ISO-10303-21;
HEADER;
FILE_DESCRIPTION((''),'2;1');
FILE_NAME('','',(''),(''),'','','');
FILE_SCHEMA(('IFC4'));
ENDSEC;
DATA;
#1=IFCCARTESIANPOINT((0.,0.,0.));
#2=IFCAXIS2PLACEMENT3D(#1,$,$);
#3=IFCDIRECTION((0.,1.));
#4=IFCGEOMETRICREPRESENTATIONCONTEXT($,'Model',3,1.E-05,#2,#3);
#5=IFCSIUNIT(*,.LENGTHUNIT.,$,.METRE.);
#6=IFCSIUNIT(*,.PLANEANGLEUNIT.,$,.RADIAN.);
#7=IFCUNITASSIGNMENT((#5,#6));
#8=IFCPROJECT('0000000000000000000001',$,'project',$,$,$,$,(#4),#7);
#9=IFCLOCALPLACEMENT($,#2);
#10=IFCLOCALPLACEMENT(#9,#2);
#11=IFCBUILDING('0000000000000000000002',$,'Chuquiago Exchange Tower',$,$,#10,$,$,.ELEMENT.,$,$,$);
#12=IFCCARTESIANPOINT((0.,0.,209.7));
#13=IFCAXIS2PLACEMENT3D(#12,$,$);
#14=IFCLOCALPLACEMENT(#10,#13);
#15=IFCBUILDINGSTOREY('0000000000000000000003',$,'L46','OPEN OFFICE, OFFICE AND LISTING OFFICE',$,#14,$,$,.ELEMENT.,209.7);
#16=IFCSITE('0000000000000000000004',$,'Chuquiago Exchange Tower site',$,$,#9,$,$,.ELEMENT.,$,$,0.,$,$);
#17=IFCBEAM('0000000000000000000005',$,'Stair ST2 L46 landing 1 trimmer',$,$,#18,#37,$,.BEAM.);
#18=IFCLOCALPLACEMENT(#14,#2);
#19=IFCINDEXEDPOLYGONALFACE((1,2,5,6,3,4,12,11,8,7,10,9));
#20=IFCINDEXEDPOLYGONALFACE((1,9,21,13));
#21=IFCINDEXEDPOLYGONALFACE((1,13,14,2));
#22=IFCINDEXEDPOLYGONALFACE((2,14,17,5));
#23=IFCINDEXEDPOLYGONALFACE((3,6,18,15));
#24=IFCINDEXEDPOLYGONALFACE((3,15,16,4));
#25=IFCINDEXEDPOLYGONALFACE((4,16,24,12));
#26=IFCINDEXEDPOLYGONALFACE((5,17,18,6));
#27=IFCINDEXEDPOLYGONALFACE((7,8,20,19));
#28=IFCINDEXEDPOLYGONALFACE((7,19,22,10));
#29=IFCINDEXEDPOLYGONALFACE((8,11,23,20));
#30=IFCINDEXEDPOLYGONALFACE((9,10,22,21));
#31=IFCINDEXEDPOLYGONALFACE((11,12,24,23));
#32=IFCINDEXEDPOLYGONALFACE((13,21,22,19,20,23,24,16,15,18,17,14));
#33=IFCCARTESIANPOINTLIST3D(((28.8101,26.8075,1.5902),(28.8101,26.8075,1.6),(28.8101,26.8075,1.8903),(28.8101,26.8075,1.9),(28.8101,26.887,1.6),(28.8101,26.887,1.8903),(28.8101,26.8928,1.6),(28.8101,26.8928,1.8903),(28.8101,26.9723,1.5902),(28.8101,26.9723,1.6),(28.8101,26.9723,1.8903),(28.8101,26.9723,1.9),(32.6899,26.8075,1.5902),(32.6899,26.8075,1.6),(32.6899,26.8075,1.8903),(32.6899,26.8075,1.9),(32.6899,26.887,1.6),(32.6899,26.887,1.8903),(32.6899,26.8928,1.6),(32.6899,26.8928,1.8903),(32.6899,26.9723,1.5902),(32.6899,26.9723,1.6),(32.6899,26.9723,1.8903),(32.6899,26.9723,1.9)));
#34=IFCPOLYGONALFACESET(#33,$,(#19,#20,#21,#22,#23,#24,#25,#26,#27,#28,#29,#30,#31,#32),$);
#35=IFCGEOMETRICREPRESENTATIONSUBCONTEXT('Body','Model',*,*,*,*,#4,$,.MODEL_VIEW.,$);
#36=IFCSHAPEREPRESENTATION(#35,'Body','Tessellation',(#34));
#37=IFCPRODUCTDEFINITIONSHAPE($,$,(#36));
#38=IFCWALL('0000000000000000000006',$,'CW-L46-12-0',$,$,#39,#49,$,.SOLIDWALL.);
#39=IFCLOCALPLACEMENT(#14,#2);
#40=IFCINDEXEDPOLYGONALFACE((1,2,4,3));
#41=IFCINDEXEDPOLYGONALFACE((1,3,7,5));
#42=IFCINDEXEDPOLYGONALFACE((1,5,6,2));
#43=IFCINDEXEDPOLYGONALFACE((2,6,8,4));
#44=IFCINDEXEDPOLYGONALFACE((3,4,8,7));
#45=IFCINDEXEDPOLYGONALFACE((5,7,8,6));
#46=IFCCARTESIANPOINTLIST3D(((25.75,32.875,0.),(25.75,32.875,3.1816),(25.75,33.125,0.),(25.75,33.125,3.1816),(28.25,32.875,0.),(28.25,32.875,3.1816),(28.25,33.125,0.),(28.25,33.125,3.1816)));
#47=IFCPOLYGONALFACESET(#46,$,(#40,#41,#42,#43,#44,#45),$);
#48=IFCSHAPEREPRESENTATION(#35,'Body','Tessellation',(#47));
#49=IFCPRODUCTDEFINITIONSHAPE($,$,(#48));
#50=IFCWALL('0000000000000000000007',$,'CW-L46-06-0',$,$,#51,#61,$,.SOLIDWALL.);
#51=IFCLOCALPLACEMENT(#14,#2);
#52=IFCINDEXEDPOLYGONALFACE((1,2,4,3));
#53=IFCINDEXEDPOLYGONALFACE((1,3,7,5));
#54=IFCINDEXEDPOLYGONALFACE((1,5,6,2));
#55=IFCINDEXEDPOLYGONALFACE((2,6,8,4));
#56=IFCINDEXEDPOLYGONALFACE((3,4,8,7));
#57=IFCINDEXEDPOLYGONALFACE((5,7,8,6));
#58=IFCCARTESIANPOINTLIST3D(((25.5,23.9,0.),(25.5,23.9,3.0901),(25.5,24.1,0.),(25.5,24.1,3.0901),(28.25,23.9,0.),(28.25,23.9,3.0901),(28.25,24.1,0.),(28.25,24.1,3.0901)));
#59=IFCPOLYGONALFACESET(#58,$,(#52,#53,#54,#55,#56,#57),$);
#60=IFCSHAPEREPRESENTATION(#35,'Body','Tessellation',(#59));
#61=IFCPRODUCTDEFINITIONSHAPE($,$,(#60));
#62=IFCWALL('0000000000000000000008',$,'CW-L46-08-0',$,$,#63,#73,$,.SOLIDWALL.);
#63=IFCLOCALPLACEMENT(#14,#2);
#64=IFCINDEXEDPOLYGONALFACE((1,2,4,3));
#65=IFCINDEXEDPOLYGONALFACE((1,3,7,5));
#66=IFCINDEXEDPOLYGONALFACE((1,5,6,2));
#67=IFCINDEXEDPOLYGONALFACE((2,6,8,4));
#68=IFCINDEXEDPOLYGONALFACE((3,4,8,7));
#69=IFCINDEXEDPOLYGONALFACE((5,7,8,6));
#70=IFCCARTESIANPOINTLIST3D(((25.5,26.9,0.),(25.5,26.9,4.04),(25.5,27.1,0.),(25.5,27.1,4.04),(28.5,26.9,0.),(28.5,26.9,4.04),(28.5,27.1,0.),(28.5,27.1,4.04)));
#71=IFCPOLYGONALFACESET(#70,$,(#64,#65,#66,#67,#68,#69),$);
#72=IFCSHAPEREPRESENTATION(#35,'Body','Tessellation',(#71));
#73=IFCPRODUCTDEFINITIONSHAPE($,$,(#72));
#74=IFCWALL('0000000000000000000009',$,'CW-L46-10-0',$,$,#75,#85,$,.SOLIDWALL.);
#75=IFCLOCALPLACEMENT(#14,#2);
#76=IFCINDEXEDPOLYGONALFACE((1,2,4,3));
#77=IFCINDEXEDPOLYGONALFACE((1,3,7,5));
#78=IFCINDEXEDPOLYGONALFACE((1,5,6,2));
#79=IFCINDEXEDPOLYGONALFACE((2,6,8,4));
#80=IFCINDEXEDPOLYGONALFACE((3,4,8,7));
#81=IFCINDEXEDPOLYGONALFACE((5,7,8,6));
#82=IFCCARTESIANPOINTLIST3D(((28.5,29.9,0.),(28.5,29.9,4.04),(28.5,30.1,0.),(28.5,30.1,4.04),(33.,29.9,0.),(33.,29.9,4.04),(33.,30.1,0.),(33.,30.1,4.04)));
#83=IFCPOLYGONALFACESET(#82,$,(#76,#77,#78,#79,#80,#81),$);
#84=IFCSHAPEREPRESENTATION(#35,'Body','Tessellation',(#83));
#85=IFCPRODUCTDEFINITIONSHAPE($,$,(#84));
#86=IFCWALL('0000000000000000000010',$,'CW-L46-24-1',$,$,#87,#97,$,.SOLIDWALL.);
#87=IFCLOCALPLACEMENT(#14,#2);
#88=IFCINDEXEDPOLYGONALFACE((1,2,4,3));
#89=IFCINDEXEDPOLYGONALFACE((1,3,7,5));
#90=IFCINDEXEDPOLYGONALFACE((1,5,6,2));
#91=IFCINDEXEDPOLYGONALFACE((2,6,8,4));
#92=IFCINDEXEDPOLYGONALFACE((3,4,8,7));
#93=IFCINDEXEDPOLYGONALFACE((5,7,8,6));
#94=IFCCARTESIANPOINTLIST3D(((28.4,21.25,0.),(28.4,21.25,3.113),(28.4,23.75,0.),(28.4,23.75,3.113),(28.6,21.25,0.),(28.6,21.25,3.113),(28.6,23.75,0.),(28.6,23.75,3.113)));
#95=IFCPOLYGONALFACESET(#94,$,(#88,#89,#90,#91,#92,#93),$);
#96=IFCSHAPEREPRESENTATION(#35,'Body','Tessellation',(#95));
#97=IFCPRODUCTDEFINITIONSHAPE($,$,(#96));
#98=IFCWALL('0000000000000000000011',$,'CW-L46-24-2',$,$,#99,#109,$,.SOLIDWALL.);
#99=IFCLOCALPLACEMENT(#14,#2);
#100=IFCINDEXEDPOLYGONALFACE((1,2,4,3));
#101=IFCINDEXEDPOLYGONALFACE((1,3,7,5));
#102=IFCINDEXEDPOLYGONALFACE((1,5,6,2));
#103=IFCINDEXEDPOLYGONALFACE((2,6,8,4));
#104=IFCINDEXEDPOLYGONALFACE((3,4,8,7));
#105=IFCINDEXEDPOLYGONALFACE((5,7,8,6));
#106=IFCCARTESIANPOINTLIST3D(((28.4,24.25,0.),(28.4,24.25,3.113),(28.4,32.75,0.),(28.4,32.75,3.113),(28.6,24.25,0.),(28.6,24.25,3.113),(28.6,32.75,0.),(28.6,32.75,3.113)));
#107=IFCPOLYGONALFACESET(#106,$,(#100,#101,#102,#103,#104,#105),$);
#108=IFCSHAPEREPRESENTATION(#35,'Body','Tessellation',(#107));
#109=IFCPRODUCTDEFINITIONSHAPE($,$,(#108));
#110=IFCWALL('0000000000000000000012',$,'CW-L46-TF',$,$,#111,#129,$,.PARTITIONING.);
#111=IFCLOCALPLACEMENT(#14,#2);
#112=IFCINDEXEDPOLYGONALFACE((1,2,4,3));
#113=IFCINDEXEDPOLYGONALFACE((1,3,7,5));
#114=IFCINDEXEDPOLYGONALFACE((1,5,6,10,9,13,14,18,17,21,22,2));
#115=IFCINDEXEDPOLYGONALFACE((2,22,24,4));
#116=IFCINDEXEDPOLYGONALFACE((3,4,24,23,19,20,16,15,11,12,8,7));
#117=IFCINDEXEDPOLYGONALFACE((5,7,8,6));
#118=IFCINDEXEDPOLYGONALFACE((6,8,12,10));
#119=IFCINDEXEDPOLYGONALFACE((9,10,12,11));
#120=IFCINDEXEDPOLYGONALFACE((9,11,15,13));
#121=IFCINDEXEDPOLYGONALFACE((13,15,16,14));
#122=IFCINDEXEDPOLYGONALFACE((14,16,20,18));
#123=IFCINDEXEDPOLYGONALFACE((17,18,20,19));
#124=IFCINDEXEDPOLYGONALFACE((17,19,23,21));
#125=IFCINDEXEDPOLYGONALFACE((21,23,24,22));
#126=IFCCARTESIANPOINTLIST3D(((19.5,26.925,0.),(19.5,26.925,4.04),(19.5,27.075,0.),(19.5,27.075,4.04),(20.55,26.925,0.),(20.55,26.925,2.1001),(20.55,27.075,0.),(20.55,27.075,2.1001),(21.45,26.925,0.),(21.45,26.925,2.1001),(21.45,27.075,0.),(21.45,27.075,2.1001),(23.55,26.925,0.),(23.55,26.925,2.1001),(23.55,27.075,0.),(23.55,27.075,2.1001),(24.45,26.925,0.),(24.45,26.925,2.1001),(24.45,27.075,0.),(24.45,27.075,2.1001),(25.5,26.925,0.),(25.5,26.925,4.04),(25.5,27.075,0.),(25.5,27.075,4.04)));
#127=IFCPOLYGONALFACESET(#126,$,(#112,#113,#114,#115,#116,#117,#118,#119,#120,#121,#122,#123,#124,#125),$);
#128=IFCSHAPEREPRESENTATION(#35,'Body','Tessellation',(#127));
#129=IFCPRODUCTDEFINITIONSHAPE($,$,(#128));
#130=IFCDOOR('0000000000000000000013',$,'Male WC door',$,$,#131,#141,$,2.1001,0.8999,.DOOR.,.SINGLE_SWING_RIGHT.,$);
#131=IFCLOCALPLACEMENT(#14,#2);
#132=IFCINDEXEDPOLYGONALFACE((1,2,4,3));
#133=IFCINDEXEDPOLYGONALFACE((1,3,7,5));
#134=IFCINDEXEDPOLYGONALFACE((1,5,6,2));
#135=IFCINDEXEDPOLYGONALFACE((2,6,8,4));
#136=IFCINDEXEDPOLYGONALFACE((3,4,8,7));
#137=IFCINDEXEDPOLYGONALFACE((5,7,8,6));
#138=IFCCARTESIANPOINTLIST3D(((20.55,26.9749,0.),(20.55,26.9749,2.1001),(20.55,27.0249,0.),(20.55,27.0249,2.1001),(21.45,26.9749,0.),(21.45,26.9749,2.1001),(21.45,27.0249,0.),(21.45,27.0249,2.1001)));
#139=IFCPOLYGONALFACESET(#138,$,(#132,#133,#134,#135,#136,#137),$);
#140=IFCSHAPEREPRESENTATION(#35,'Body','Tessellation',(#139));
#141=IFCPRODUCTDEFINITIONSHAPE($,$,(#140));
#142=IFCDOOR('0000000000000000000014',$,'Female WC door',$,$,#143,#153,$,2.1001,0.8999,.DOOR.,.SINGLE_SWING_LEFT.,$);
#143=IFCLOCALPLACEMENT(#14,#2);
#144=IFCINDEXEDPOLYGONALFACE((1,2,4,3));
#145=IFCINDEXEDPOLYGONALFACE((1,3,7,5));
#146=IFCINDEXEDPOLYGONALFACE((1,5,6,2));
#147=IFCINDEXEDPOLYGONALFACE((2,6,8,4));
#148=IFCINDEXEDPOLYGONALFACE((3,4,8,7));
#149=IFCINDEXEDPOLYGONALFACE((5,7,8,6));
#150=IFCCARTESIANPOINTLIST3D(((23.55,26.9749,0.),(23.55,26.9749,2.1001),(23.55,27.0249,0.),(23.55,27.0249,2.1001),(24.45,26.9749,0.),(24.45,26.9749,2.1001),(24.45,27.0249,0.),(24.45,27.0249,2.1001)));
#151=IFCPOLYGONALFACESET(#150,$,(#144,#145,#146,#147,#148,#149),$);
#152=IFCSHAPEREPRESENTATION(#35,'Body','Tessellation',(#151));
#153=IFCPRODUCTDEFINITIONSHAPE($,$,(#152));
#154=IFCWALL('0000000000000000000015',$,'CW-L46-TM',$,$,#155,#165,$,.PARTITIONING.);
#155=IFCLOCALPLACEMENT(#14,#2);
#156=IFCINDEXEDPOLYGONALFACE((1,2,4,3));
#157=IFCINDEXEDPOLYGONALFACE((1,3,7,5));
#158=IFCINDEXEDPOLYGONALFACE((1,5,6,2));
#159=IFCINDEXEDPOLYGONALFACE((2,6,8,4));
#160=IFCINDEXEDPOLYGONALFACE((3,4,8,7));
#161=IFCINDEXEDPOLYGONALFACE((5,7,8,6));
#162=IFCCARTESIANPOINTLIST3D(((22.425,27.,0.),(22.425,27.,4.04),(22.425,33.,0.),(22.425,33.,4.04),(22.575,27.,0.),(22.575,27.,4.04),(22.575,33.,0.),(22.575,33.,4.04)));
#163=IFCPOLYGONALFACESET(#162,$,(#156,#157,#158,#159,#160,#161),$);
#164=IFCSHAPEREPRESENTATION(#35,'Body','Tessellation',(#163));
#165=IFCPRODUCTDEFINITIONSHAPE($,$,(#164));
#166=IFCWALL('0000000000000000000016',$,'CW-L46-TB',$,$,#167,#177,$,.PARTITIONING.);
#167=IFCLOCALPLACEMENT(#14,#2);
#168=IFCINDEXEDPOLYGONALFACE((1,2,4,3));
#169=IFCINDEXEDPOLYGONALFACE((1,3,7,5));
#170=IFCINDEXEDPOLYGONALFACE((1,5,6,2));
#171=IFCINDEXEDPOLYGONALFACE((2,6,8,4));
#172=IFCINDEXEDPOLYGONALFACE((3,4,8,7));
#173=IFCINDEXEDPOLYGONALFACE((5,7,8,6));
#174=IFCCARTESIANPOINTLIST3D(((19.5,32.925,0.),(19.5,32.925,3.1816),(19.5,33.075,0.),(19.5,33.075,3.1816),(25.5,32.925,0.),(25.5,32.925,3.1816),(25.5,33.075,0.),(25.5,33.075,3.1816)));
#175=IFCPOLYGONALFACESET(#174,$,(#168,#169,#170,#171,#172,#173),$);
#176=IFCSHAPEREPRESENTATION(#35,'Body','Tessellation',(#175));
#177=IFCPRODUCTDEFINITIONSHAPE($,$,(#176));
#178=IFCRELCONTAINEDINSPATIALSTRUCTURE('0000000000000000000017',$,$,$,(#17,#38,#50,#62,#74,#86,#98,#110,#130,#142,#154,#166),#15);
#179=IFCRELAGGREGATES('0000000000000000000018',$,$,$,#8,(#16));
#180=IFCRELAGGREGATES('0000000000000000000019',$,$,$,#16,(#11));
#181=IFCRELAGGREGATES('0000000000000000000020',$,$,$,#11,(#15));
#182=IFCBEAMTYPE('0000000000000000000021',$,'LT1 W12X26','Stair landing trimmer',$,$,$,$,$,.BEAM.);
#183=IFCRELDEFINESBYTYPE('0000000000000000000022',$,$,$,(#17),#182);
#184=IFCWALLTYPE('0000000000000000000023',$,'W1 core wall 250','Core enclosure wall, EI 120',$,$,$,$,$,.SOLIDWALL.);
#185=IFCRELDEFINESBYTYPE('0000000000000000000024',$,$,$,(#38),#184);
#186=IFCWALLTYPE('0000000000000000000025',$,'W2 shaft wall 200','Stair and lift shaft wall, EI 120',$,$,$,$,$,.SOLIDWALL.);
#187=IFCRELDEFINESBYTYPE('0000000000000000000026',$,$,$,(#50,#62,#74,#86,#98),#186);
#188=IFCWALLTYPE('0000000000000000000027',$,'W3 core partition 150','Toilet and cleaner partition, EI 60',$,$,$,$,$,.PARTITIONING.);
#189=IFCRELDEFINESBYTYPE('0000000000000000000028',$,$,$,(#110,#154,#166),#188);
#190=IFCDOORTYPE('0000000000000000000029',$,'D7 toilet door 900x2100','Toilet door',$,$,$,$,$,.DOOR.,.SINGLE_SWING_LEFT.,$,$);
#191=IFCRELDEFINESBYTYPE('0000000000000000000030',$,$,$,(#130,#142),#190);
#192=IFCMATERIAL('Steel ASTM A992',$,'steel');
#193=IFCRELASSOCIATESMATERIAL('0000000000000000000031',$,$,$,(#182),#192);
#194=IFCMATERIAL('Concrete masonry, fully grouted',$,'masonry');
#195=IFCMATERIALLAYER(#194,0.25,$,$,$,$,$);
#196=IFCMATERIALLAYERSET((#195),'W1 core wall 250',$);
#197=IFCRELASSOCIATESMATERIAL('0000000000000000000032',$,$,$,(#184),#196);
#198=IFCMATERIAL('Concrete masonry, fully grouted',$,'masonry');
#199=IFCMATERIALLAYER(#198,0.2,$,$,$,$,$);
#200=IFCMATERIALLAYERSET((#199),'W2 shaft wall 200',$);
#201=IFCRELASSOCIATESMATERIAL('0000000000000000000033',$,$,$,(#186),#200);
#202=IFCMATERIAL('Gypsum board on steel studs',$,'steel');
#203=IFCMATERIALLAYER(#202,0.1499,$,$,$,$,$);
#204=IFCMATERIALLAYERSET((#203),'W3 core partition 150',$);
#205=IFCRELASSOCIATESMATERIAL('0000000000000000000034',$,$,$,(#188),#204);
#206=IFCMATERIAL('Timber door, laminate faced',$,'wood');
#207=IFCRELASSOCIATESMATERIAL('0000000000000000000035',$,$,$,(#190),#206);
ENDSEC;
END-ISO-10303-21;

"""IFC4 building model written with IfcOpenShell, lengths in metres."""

from ifc_helpers import new_model, si_unit, direction, frame, frame_2d, origin, origin_2d, place, context, subcontext, project, spatial, rectangle, i_section, extrude, material, layer, layer_set, material_profile, profile_set, type_object, element, fill, save


model = new_model("IFC4")

# Units and contexts
model_context = context("Model", 3, precision=1e-05, world=origin(), true_north=direction((0.0, 1.0)))
body_context = subcontext(model_context, "Body", "Model", "MODEL_VIEW")
ifc_project = project(units=[si_unit("LENGTHUNIT", "METRE"), si_unit("PLANEANGLEUNIT", "RADIAN")], contexts=[model_context])

# Site, building, storey
site_placement = place(None, origin())
site = spatial("IfcSite", under=ifc_project, at=site_placement, Name="Chuquiago Exchange Tower site", CompositionType="ELEMENT", RefElevation=0.0)
building_placement = place(site_placement, origin())
building = spatial("IfcBuilding", under=site, at=building_placement, Name="Chuquiago Exchange Tower", CompositionType="ELEMENT")
storey_placement = place(building_placement, frame((0.0, 0.0, 209.7)))
storey = spatial("IfcBuildingStorey", under=building, at=storey_placement, Name="L46", Description="OPEN OFFICE, OFFICE AND LISTING OFFICE", CompositionType="ELEMENT", Elevation=209.7)

# Beam
ifc_material_1 = material(Name="Steel ASTM A992", Category="steel")
ifc_material_profile_1 = material_profile(ifc_material_1, i_section(OverallWidth=0.1648, OverallDepth=0.3098, WebThickness=0.0059, FlangeThickness=0.0098, at=origin_2d()), Name="W12X26")
ifc_profile_set_1 = profile_set([ifc_material_profile_1], Name="Steel ASTM A992")
beam_type_1 = type_object("IfcBeamType", Name="LT1 W12X26", Description="Stair landing trimmer", PredefinedType="BEAM", material=ifc_profile_set_1)
for number, where, z_axis, x_axis, name in (
    (1, (28.8101, 26.8899, 1.7451), (1.0, 0.0, 0.0), (0.0, 1.0, 0.0), "Stair ST2 L46 landing 1 trimmer"),
):
    element("IfcBeam", number, at=place(storey_placement, frame(where, z_axis=z_axis, x_axis=x_axis)), inside=storey, type_object=beam_type_1, Name=name, PredefinedType="BEAM", context=body_context, shape_type="SweptSolid", body=[
        extrude(i_section(OverallWidth=0.1648, OverallDepth=0.3098, WebThickness=0.0059, FlangeThickness=0.0098, at=origin_2d()), origin(), (0.0, 0.0, 1.0), 3.8799),
    ])

# Walls
ifc_material_2 = material(Name="Concrete masonry, fully grouted", Category="masonry")
ifc_layer_1 = layer(ifc_material_2, 0.25)
ifc_layer_set_1 = layer_set([ifc_layer_1], Name="W1 core wall 250")
wall_type_1 = type_object("IfcWallType", Name="W1 core wall 250", Description="Core enclosure wall, EI 120", PredefinedType="SOLIDWALL", material=ifc_layer_set_1)
wall_1_placement = place(storey_placement, frame((25.75, 33.0, 0.0), z_axis=(0.0, 0.0, 1.0), x_axis=(1.0, 0.0, 0.0)))
element("IfcWall", 2, at=wall_1_placement, inside=storey, type_object=wall_type_1, Name="CW-L46-12-0", PredefinedType="SOLIDWALL", context=body_context, shape_type="SweptSolid", body=[
    extrude(rectangle(XDim=2.5, YDim=0.25, at=frame_2d((1.25, 0.0))), origin(), (0.0, 0.0, 1.0), 3.1816),
])
ifc_material_3 = material(Name="Concrete masonry, fully grouted", Category="masonry")
ifc_layer_2 = layer(ifc_material_3, 0.2)
ifc_layer_set_2 = layer_set([ifc_layer_2], Name="W2 shaft wall 200")
wall_type_2 = type_object("IfcWallType", Name="W2 shaft wall 200", Description="Stair and lift shaft wall, EI 120", PredefinedType="SOLIDWALL", material=ifc_layer_set_2)
wall_2_placement = place(storey_placement, frame((25.5, 24.0, 0.0), z_axis=(0.0, 0.0, 1.0), x_axis=(1.0, 0.0, 0.0)))
element("IfcWall", 3, at=wall_2_placement, inside=storey, type_object=wall_type_2, Name="CW-L46-06-0", PredefinedType="SOLIDWALL", context=body_context, shape_type="SweptSolid", body=[
    extrude(rectangle(XDim=2.75, YDim=0.2, at=frame_2d((1.375, 0.0))), origin(), (0.0, 0.0, 1.0), 3.0901),
])
wall_3_placement = place(storey_placement, frame((25.5, 27.0, 0.0), z_axis=(0.0, 0.0, 1.0), x_axis=(1.0, 0.0, 0.0)))
element("IfcWall", 4, at=wall_3_placement, inside=storey, type_object=wall_type_2, Name="CW-L46-08-0", PredefinedType="SOLIDWALL", context=body_context, shape_type="SweptSolid", body=[
    extrude(rectangle(XDim=3.0, YDim=0.2, at=frame_2d((1.5, 0.0))), origin(), (0.0, 0.0, 1.0), 4.04),
])
wall_4_placement = place(storey_placement, frame((28.5, 30.0, 0.0), z_axis=(0.0, 0.0, 1.0), x_axis=(1.0, 0.0, 0.0)))
element("IfcWall", 5, at=wall_4_placement, inside=storey, type_object=wall_type_2, Name="CW-L46-10-0", PredefinedType="SOLIDWALL", context=body_context, shape_type="SweptSolid", body=[
    extrude(rectangle(XDim=4.5, YDim=0.2, at=frame_2d((2.25, 0.0))), origin(), (0.0, 0.0, 1.0), 4.04),
])
wall_5_placement = place(storey_placement, frame((28.5, 21.25, 0.0), z_axis=(0.0, 0.0, 1.0), x_axis=(0.0, 1.0, 0.0)))
element("IfcWall", 6, at=wall_5_placement, inside=storey, type_object=wall_type_2, Name="CW-L46-24-1", PredefinedType="SOLIDWALL", context=body_context, shape_type="SweptSolid", body=[
    extrude(rectangle(XDim=2.5, YDim=0.2, at=frame_2d((1.25, 0.0))), origin(), (0.0, 0.0, 1.0), 3.113),
])
wall_6_placement = place(storey_placement, frame((28.5, 24.25, 0.0), z_axis=(0.0, 0.0, 1.0), x_axis=(0.0, 1.0, 0.0)))
element("IfcWall", 7, at=wall_6_placement, inside=storey, type_object=wall_type_2, Name="CW-L46-24-2", PredefinedType="SOLIDWALL", context=body_context, shape_type="SweptSolid", body=[
    extrude(rectangle(XDim=8.5, YDim=0.2, at=frame_2d((4.25, 0.0))), origin(), (0.0, 0.0, 1.0), 3.113),
])

# Wall, openings, doors
ifc_material_4 = material(Name="Gypsum board on steel studs", Category="steel")
ifc_layer_3 = layer(ifc_material_4, 0.1499)
ifc_layer_set_3 = layer_set([ifc_layer_3], Name="W3 core partition 150")
wall_type_3 = type_object("IfcWallType", Name="W3 core partition 150", Description="Toilet and cleaner partition, EI 60", PredefinedType="PARTITIONING", material=ifc_layer_set_3)
wall_7_placement = place(storey_placement, frame((19.5, 27.0, 0.0), z_axis=(0.0, 0.0, 1.0), x_axis=(1.0, 0.0, 0.0)))
wall_7 = element("IfcWall", 8, at=wall_7_placement, inside=storey, type_object=wall_type_3, Name="CW-L46-TF", PredefinedType="PARTITIONING", context=body_context, shape_type="SweptSolid", body=[
    extrude(rectangle(XDim=6.0, YDim=0.1499, at=frame_2d((3.0, 0.0))), origin(), (0.0, 0.0, 1.0), 4.04),
])
opening_1_placement = place(wall_7_placement, frame((1.05, 0.0, 0.0)))
opening_1 = element("IfcOpeningElement", 9, at=opening_1_placement, cuts=wall_7, PredefinedType="OPENING", context=body_context, shape_type="SweptSolid", body=[
    extrude(rectangle(XDim=0.8999, YDim=2.1001, at=frame_2d((0.45, 1.05))), frame((0.0, 0.085, 0.0), z_axis=(0.0, -1.0, 0.0), x_axis=(1.0, 0.0, 0.0)), (0.0, 0.0, 1.0), 0.1699),
])
opening_2_placement = place(wall_7_placement, frame((4.05, 0.0, 0.0)))
opening_2 = element("IfcOpeningElement", 10, at=opening_2_placement, cuts=wall_7, PredefinedType="OPENING", context=body_context, shape_type="SweptSolid", body=[
    extrude(rectangle(XDim=0.8999, YDim=2.1001, at=frame_2d((0.45, 1.05))), frame((0.0, 0.085, 0.0), z_axis=(0.0, -1.0, 0.0), x_axis=(1.0, 0.0, 0.0)), (0.0, 0.0, 1.0), 0.1699),
])
ifc_material_5 = material(Name="Timber door, laminate faced", Category="wood")
door_type = type_object("IfcDoorType", Name="D7 toilet door 900x2100", Description="Toilet door", OperationType="SINGLE_SWING_LEFT", PredefinedType="DOOR", material=ifc_material_5)
door_1_placement = place(opening_1_placement, origin())
door_1 = element("IfcDoor", 11, at=door_1_placement, inside=storey, type_object=door_type, Name="Male WC door", OperationType="SINGLE_SWING_RIGHT", OverallHeight=2.1001, OverallWidth=0.8999, PredefinedType="DOOR", context=body_context, shape_type="SweptSolid", body=[
    extrude(rectangle(XDim=0.8999, YDim=2.1001, at=frame_2d((0.45, 1.05))), frame((0.0, 0.0249, 0.0), z_axis=(0.0, -1.0, 0.0), x_axis=(1.0, 0.0, 0.0)), (0.0, 0.0, 1.0), 0.05),
])
fill(opening_1, door_1)
door_2_placement = place(opening_2_placement, origin())
door_2 = element("IfcDoor", 12, at=door_2_placement, inside=storey, type_object=door_type, Name="Female WC door", OperationType="SINGLE_SWING_LEFT", OverallHeight=2.1001, OverallWidth=0.8999, PredefinedType="DOOR", context=body_context, shape_type="SweptSolid", body=[
    extrude(rectangle(XDim=0.8999, YDim=2.1001, at=frame_2d((0.45, 1.05))), frame((0.0, 0.0249, 0.0), z_axis=(0.0, -1.0, 0.0), x_axis=(1.0, 0.0, 0.0)), (0.0, 0.0, 1.0), 0.05),
])
fill(opening_2, door_2)

# Walls
wall_8_placement = place(storey_placement, frame((22.5, 27.0, 0.0), z_axis=(0.0, 0.0, 1.0), x_axis=(0.0, 1.0, 0.0)))
element("IfcWall", 13, at=wall_8_placement, inside=storey, type_object=wall_type_3, Name="CW-L46-TM", PredefinedType="PARTITIONING", context=body_context, shape_type="SweptSolid", body=[
    extrude(rectangle(XDim=6.0, YDim=0.1499, at=frame_2d((3.0, 0.0))), origin(), (0.0, 0.0, 1.0), 4.04),
])
wall_9_placement = place(storey_placement, frame((19.5, 33.0, 0.0), z_axis=(0.0, 0.0, 1.0), x_axis=(1.0, 0.0, 0.0)))
element("IfcWall", 14, at=wall_9_placement, inside=storey, type_object=wall_type_3, Name="CW-L46-TB", PredefinedType="PARTITIONING", context=body_context, shape_type="SweptSolid", body=[
    extrude(rectangle(XDim=6.0, YDim=0.1499, at=frame_2d((3.0, 0.0))), origin(), (0.0, 0.0, 1.0), 3.1816),
])

save(model, "model.ifc")
